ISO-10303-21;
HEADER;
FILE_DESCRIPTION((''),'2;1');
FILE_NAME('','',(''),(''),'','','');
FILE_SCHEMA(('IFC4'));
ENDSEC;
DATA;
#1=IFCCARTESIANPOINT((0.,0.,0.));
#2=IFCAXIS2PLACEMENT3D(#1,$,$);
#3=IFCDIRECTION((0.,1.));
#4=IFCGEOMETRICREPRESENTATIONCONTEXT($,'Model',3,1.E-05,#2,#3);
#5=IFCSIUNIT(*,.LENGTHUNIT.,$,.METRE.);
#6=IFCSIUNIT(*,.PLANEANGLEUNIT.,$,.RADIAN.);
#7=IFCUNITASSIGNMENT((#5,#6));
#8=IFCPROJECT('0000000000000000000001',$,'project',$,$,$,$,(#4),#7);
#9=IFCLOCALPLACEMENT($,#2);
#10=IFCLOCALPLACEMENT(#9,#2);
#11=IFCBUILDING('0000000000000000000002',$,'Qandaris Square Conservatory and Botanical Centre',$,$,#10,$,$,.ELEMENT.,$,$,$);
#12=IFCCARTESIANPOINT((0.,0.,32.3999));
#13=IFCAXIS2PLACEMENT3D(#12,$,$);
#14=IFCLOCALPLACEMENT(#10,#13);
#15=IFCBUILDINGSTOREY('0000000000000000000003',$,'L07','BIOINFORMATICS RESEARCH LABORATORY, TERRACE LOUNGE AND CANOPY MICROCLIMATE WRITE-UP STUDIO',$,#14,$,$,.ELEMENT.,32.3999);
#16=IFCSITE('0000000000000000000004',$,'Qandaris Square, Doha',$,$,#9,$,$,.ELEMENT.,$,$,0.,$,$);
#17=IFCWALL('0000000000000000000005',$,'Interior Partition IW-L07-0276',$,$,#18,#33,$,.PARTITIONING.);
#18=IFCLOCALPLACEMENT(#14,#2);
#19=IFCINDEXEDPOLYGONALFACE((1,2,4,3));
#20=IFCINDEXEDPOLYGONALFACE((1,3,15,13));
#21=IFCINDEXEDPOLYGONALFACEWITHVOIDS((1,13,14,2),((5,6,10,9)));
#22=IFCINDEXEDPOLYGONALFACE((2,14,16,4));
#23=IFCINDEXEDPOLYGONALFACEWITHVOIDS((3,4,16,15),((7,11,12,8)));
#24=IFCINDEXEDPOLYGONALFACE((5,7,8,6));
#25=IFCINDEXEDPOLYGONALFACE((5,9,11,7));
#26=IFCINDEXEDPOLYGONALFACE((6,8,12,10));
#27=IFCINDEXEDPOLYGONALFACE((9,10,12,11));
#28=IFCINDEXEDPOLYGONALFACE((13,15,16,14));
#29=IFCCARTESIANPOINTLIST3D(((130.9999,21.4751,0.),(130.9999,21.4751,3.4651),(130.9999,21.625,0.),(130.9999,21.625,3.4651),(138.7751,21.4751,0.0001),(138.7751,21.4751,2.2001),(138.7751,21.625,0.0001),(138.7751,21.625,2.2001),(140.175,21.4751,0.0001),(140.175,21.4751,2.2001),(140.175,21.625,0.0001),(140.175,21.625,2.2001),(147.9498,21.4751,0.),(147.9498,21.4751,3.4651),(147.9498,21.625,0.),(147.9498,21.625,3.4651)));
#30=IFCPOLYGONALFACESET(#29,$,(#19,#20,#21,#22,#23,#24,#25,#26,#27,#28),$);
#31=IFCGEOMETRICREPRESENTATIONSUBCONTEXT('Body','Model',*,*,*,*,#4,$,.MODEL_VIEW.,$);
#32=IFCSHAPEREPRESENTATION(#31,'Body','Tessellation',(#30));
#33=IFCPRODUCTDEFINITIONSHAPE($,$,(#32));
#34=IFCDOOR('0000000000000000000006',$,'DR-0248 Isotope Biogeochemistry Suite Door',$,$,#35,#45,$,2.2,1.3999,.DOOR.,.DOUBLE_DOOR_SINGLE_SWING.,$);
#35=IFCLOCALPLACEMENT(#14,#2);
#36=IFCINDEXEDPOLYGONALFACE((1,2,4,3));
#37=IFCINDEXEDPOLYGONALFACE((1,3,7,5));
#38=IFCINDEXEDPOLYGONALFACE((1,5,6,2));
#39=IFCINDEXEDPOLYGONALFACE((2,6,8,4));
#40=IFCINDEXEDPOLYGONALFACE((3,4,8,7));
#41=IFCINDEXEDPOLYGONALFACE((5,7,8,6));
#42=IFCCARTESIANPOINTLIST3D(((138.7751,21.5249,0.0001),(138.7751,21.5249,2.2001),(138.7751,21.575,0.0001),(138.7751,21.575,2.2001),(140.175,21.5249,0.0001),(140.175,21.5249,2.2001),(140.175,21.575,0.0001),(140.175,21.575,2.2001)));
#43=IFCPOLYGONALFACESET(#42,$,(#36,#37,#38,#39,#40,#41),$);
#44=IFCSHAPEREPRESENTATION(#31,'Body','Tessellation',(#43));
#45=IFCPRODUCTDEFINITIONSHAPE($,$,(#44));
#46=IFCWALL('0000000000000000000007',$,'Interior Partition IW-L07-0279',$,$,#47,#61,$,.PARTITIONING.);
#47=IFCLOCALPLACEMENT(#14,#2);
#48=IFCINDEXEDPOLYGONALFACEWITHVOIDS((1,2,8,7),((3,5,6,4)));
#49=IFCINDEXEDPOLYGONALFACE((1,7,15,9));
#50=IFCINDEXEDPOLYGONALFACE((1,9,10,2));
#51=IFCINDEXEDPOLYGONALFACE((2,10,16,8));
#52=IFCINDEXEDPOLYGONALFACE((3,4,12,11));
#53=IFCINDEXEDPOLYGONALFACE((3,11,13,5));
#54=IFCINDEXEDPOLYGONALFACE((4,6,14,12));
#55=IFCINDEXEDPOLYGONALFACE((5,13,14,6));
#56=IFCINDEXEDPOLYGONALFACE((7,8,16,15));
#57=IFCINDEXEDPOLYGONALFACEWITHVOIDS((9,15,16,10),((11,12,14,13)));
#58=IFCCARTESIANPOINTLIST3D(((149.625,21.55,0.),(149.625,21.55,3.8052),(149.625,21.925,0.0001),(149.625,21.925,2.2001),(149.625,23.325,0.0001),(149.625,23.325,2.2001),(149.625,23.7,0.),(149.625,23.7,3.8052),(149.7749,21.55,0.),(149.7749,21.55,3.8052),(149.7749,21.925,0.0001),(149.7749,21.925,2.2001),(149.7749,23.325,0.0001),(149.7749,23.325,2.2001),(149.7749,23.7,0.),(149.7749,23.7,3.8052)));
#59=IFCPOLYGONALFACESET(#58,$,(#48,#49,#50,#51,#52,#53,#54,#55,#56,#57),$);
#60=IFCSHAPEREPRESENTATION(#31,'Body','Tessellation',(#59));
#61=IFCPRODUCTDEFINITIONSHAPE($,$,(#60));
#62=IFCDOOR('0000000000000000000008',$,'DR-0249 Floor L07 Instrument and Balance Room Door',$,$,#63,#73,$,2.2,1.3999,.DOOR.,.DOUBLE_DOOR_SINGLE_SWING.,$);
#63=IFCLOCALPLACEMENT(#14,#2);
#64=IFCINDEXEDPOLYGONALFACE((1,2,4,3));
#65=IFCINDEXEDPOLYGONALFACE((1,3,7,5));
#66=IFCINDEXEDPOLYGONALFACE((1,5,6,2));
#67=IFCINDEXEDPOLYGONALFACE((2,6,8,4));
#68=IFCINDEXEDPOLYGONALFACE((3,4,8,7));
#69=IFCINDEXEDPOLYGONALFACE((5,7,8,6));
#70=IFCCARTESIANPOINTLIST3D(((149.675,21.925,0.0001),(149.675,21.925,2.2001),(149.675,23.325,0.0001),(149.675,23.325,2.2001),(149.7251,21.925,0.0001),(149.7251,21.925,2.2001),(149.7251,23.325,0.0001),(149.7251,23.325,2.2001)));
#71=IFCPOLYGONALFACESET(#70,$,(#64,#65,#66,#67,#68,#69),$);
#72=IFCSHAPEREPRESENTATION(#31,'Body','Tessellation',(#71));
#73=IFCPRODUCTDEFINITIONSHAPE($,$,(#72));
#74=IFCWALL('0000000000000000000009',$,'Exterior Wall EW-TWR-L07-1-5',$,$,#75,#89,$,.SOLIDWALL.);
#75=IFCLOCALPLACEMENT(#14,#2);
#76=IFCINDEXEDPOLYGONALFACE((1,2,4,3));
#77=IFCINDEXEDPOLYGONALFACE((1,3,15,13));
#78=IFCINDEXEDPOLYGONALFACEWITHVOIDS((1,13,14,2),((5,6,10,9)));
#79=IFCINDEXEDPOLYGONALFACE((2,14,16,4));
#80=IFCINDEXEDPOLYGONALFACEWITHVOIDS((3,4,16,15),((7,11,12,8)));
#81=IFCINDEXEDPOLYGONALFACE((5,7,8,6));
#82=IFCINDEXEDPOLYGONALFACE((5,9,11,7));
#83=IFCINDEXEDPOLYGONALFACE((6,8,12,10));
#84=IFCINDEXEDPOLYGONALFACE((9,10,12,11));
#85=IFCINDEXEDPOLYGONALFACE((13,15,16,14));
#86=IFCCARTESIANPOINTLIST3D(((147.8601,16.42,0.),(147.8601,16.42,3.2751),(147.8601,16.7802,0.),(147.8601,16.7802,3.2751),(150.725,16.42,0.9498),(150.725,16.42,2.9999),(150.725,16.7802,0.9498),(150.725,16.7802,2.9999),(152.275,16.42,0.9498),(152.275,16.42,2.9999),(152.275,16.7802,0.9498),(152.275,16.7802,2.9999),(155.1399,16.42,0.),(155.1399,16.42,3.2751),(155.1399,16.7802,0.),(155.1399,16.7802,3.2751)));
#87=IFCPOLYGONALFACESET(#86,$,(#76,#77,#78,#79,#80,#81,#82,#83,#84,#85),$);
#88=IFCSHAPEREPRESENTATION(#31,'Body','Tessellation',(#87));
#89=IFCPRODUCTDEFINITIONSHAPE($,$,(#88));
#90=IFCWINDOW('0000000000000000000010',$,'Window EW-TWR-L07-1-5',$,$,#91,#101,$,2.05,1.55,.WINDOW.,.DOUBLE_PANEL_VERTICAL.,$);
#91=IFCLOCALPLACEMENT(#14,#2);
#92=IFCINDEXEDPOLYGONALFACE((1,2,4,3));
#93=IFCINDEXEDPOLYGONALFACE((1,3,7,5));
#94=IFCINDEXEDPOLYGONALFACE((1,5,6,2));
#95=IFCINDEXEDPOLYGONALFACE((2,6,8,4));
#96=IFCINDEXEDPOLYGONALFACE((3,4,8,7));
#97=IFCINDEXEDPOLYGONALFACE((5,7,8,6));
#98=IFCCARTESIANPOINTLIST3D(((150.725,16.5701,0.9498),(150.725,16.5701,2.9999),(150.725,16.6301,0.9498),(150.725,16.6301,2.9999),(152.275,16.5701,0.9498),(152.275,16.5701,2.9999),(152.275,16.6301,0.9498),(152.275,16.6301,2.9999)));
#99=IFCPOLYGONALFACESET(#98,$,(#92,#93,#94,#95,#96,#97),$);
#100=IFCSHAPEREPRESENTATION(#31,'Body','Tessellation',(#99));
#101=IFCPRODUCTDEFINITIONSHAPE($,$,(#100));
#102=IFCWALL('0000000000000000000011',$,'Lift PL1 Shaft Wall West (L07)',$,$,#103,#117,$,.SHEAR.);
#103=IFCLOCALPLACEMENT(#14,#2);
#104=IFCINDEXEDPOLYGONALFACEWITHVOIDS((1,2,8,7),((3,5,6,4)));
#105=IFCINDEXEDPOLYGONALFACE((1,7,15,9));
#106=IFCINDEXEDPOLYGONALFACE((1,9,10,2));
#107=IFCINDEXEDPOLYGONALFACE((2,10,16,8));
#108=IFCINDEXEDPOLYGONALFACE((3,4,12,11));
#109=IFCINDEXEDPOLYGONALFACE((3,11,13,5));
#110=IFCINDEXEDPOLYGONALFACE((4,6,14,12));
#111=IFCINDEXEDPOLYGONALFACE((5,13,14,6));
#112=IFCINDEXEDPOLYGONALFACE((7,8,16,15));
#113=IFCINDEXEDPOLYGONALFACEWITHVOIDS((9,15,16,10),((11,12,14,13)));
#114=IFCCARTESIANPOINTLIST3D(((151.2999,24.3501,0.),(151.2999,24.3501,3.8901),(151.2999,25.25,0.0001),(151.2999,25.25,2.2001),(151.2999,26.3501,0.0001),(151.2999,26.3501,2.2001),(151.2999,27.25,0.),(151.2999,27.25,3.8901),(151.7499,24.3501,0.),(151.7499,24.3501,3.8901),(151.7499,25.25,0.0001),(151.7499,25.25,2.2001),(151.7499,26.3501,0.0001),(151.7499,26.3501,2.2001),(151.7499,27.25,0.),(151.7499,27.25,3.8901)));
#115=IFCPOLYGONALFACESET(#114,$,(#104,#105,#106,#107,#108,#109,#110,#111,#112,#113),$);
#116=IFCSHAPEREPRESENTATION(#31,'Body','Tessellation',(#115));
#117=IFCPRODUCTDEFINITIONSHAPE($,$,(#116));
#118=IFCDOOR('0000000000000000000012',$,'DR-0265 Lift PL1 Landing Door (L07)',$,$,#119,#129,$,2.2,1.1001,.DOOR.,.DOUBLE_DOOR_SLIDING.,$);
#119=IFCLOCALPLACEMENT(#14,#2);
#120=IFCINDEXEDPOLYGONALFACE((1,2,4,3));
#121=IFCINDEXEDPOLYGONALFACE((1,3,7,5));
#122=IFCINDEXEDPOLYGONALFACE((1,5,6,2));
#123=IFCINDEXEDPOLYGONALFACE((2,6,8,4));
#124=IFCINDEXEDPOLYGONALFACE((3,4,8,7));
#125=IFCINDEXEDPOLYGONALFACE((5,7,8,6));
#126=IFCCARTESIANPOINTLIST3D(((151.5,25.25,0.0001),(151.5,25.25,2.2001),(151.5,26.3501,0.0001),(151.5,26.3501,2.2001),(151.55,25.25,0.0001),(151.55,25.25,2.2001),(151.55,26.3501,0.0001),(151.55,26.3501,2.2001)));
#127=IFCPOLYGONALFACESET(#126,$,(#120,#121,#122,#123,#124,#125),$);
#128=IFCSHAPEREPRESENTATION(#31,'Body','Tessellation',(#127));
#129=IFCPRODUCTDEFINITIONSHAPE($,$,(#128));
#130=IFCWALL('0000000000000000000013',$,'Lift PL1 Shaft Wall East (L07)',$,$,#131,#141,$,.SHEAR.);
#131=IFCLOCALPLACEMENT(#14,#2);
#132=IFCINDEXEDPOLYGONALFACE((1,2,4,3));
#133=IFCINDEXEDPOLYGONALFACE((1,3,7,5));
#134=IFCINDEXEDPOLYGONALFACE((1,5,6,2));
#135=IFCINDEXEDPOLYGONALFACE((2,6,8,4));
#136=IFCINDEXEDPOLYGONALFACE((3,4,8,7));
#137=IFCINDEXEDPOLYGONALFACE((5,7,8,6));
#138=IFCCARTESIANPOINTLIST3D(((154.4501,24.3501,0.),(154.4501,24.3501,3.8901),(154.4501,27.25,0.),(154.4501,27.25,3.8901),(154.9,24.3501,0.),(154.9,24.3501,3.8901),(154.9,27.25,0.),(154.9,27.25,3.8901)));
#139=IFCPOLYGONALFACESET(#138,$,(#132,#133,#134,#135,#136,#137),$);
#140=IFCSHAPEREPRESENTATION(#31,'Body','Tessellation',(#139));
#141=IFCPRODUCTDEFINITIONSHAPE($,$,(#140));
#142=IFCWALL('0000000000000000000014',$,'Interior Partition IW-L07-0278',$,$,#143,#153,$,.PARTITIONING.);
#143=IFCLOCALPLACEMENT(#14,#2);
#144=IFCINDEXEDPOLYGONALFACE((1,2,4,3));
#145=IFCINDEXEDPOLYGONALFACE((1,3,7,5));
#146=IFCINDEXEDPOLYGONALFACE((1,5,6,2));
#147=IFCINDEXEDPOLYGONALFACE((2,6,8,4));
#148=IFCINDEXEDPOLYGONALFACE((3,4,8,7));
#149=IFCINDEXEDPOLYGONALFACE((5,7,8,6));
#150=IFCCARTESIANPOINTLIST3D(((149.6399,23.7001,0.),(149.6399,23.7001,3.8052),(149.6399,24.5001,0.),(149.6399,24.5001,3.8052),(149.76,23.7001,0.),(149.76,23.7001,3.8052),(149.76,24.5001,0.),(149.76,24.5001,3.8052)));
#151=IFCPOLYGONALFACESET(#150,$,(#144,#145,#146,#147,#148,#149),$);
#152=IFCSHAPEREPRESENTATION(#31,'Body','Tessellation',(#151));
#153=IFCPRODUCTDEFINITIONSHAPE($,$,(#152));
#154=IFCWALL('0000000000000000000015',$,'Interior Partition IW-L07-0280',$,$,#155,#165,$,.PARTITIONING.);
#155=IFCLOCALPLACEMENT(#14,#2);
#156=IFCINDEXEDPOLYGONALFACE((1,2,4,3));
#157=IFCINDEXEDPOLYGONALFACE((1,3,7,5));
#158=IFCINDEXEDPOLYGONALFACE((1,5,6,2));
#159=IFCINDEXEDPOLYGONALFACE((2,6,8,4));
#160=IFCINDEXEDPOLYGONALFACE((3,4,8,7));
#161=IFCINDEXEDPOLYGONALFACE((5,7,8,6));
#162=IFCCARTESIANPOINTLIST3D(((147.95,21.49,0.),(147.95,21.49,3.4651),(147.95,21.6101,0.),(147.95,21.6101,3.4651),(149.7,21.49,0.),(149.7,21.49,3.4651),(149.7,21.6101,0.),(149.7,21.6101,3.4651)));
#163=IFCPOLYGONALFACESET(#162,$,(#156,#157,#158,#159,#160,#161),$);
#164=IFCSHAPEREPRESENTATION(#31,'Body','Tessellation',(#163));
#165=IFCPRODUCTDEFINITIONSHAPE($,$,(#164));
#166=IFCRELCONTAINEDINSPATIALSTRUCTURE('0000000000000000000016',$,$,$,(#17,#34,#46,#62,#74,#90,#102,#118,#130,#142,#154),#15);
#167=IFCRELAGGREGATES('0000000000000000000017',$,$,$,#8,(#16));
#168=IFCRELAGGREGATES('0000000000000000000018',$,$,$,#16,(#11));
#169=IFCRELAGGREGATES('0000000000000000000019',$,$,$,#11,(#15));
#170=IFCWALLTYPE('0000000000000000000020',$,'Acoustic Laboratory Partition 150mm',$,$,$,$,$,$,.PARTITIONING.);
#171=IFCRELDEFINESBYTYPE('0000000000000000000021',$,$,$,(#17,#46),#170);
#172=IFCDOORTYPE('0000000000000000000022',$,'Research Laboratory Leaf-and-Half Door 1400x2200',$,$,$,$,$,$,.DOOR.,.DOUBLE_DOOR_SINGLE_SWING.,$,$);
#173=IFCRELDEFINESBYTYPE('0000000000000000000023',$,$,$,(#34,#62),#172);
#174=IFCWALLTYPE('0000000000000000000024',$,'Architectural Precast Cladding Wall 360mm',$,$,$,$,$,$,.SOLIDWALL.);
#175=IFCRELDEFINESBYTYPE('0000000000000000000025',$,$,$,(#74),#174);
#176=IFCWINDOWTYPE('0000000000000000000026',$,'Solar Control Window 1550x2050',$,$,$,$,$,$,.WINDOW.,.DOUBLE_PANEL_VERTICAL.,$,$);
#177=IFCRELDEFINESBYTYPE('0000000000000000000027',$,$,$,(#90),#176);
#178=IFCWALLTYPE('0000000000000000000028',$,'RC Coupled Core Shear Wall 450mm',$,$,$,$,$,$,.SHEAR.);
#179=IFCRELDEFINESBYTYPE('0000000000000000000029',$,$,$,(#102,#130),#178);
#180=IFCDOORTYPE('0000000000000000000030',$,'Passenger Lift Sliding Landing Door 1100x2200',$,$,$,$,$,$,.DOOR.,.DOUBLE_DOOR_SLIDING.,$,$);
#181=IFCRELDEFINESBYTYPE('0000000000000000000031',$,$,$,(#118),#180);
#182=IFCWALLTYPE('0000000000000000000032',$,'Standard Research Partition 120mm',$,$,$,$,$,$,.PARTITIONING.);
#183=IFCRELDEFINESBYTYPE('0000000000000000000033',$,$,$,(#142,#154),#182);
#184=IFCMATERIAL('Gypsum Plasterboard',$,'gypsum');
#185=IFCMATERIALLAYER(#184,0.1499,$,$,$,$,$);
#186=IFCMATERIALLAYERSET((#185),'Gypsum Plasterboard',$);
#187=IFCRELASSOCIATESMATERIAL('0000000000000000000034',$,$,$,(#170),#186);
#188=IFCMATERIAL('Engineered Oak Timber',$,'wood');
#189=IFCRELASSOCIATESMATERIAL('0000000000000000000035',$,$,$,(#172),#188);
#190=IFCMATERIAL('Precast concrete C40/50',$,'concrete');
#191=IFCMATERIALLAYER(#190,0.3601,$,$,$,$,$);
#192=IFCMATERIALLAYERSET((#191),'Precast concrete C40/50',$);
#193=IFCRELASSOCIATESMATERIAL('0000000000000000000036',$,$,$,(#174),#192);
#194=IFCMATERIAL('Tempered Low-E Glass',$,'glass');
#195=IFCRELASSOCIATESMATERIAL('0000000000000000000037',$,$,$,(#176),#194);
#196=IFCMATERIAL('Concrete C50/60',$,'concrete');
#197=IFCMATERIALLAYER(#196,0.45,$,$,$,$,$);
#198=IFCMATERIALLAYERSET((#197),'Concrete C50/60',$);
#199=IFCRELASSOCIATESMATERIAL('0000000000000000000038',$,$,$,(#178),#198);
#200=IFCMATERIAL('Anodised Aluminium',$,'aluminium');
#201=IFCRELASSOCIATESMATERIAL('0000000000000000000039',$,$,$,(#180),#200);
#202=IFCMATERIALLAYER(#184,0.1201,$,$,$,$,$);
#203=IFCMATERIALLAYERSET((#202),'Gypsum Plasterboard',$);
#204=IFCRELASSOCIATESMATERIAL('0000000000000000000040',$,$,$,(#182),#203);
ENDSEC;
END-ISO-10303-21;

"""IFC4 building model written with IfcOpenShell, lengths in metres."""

from ifc_helpers import new_model, si_unit, direction, frame, frame_2d, origin, place, context, subcontext, project, spatial, rectangle, extrude, material, layer, layer_set, type_object, element, fill, save


model = new_model("IFC4")

# Units and contexts
model_context = context("Model", 3, precision=1e-05, world=origin(), true_north=direction((0.0, 1.0)))
body_context = subcontext(model_context, "Body", "Model", "MODEL_VIEW")
ifc_project = project(units=[si_unit("LENGTHUNIT", "METRE"), si_unit("PLANEANGLEUNIT", "RADIAN")], contexts=[model_context])

# Site, building, storey
site_placement = place(None, origin())
site = spatial("IfcSite", under=ifc_project, at=site_placement, Name="Qandaris Square, Doha", CompositionType="ELEMENT", RefElevation=0.0)
building_placement = place(site_placement, origin())
building = spatial("IfcBuilding", under=site, at=building_placement, Name="Qandaris Square Conservatory and Botanical Centre", CompositionType="ELEMENT")
storey_placement = place(building_placement, frame((0.0, 0.0, 32.3999)))
storey = spatial("IfcBuildingStorey", under=building, at=storey_placement, Name="L07", Description="BIOINFORMATICS RESEARCH LABORATORY, TERRACE LOUNGE AND CANOPY MICROCLIMATE WRITE-UP STUDIO", CompositionType="ELEMENT", Elevation=32.3999)

# Shared definitions
ifc_material_1 = material(Name="Concrete C50/60", Category="concrete")

# Walls, openings, doors
ifc_material_2 = material(Name="Gypsum Plasterboard", Category="gypsum")
ifc_layer_1 = layer(ifc_material_2, 0.1499)
ifc_layer_set_1 = layer_set([ifc_layer_1], Name="Gypsum Plasterboard")
wall_type_1 = type_object("IfcWallType", Name="Acoustic Laboratory Partition 150mm", PredefinedType="PARTITIONING", material=ifc_layer_set_1)
wall_1_placement = place(storey_placement, frame((147.95, 21.55, 0.0), z_axis=(0.0, 0.0, 1.0), x_axis=(-1.0, 0.0, 0.0)))
wall_1 = element("IfcWall", 1, at=wall_1_placement, inside=storey, type_object=wall_type_1, Name="Interior Partition IW-L07-0276", PredefinedType="PARTITIONING", context=body_context, shape_type="SweptSolid", body=[
    extrude(rectangle(XDim=16.95, YDim=0.1499, at=frame_2d((8.4751, 0.0))), origin(), (0.0, 0.0, 1.0), 3.4651),
])
opening_1_placement = place(wall_1_placement, frame((7.7749, 0.0, 0.0)))
opening_1 = element("IfcOpeningElement", 2, at=opening_1_placement, cuts=wall_1, PredefinedType="OPENING", context=body_context, shape_type="SweptSolid", body=[
    extrude(rectangle(XDim=1.3999, YDim=2.2, at=frame_2d((0.7, 1.1001))), frame((0.0, 0.0869, 0.0), z_axis=(0.0, -1.0, 0.0), x_axis=(1.0, 0.0, 0.0)), (0.0, 0.0, 1.0), 0.1738),
])
ifc_material_3 = material(Name="Engineered Oak Timber", Category="wood")
door_type_1 = type_object("IfcDoorType", Name="Research Laboratory Leaf-and-Half Door 1400x2200", OperationType="DOUBLE_DOOR_SINGLE_SWING", PredefinedType="DOOR", material=ifc_material_3)
door_1_placement = place(opening_1_placement, frame((1.3999, 0.0, 0.0), z_axis=(0.0, 0.0, 1.0), x_axis=(-1.0, 0.0, 0.0)))
door_1 = element("IfcDoor", 3, at=door_1_placement, inside=storey, type_object=door_type_1, Name="DR-0248 Isotope Biogeochemistry Suite Door", OperationType="DOUBLE_DOOR_SINGLE_SWING", OverallHeight=2.2, OverallWidth=1.3999, PredefinedType="DOOR", context=body_context, shape_type="SweptSolid", body=[
    extrude(rectangle(XDim=1.3999, YDim=2.2, at=frame_2d((0.7, 1.1001))), frame((0.0, 0.0249, 0.0), z_axis=(0.0, -1.0, 0.0), x_axis=(1.0, 0.0, 0.0)), (0.0, 0.0, 1.0), 0.05),
])
fill(opening_1, door_1)
wall_2_placement = place(storey_placement, frame((149.7, 23.7, 0.0), z_axis=(0.0, 0.0, 1.0), x_axis=(0.0, -1.0, 0.0)))
wall_2 = element("IfcWall", 4, at=wall_2_placement, inside=storey, type_object=wall_type_1, Name="Interior Partition IW-L07-0279", PredefinedType="PARTITIONING", context=body_context, shape_type="SweptSolid", body=[
    extrude(rectangle(XDim=2.1499, YDim=0.1499, at=frame_2d((1.075, 0.0))), origin(), (0.0, 0.0, 1.0), 3.8052),
])
opening_2_placement = place(wall_2_placement, frame((0.375, 0.0, 0.0)))
opening_2 = element("IfcOpeningElement", 5, at=opening_2_placement, cuts=wall_2, PredefinedType="OPENING", context=body_context, shape_type="SweptSolid", body=[
    extrude(rectangle(XDim=1.3999, YDim=2.2, at=frame_2d((0.7, 1.1001))), frame((0.0, 0.0869, 0.0), z_axis=(0.0, -1.0, 0.0), x_axis=(1.0, 0.0, 0.0)), (0.0, 0.0, 1.0), 0.1738),
])
door_2_placement = place(opening_2_placement, frame((1.3999, 0.0, 0.0), z_axis=(0.0, 0.0, 1.0), x_axis=(-1.0, 0.0, 0.0)))
door_2 = element("IfcDoor", 6, at=door_2_placement, inside=storey, type_object=door_type_1, Name="DR-0249 Floor L07 Instrument and Balance Room Door", OperationType="DOUBLE_DOOR_SINGLE_SWING", OverallHeight=2.2, OverallWidth=1.3999, PredefinedType="DOOR", context=body_context, shape_type="SweptSolid", body=[
    extrude(rectangle(XDim=1.3999, YDim=2.2, at=frame_2d((0.7, 1.1001))), frame((0.0, 0.0249, 0.0), z_axis=(0.0, -1.0, 0.0), x_axis=(1.0, 0.0, 0.0)), (0.0, 0.0, 1.0), 0.05),
])
fill(opening_2, door_2)

# Wall, opening, window
ifc_material_4 = material(Name="Precast concrete C40/50", Category="concrete")
ifc_layer_2 = layer(ifc_material_4, 0.3601)
ifc_layer_set_2 = layer_set([ifc_layer_2], Name="Precast concrete C40/50")
wall_type_2 = type_object("IfcWallType", Name="Architectural Precast Cladding Wall 360mm", PredefinedType="SOLIDWALL", material=ifc_layer_set_2)
wall_3_placement = place(storey_placement, frame((147.8601, 16.6001, 0.0), z_axis=(0.0, 0.0, 1.0), x_axis=(1.0, 0.0, 0.0)))
wall_3 = element("IfcWall", 7, at=wall_3_placement, inside=storey, type_object=wall_type_2, Name="Exterior Wall EW-TWR-L07-1-5", PredefinedType="SOLIDWALL", context=body_context, shape_type="SweptSolid", body=[
    extrude(rectangle(XDim=7.2798, YDim=0.3601, at=frame_2d((3.6399, 0.0))), origin(), (0.0, 0.0, 1.0), 3.2751),
])
opening_3_placement = place(wall_3_placement, frame((2.865, 0.0, 0.95)))
opening_3 = element("IfcOpeningElement", 8, at=opening_3_placement, cuts=wall_3, PredefinedType="OPENING", context=body_context, shape_type="SweptSolid", body=[
    extrude(rectangle(XDim=1.55, YDim=2.05, at=frame_2d((0.7749, 1.0249))), frame((0.0, 0.1919, 0.0), z_axis=(0.0, -1.0, 0.0), x_axis=(1.0, 0.0, 0.0)), (0.0, 0.0, 1.0), 0.384),
])
ifc_material_5 = material(Name="Tempered Low-E Glass", Category="glass")
window_type = type_object("IfcWindowType", Name="Solar Control Window 1550x2050", PartitioningType="DOUBLE_PANEL_VERTICAL", PredefinedType="WINDOW", material=ifc_material_5)
window_placement = place(opening_3_placement, origin())
window = element("IfcWindow", 9, at=window_placement, inside=storey, type_object=window_type, Name="Window EW-TWR-L07-1-5", OverallHeight=2.05, OverallWidth=1.55, PartitioningType="DOUBLE_PANEL_VERTICAL", PredefinedType="WINDOW", context=body_context, shape_type="SweptSolid", body=[
    extrude(rectangle(XDim=1.55, YDim=2.05, at=frame_2d((0.7749, 1.0249))), frame((0.0, 0.03, 0.0), z_axis=(0.0, -1.0, 0.0), x_axis=(1.0, 0.0, 0.0)), (0.0, 0.0, 1.0), 0.0601),
])
fill(opening_3, window)

# Wall, opening, door
ifc_layer_3 = layer(ifc_material_1, 0.45)
ifc_layer_set_3 = layer_set([ifc_layer_3], Name="Concrete C50/60")
wall_type_3 = type_object("IfcWallType", Name="RC Coupled Core Shear Wall 450mm", PredefinedType="SHEAR", material=ifc_layer_set_3)
wall_4_placement = place(storey_placement, frame((151.5249, 24.3501, 0.0), z_axis=(0.0, 0.0, 1.0), x_axis=(0.0, 1.0, 0.0)))
wall_4 = element("IfcWall", 10, at=wall_4_placement, inside=storey, type_object=wall_type_3, Name="Lift PL1 Shaft Wall West (L07)", PredefinedType="SHEAR", context=body_context, shape_type="SweptSolid", body=[
    extrude(rectangle(XDim=2.8999, YDim=0.45, at=frame_2d((1.45, 0.0))), origin(), (0.0, 0.0, 1.0), 3.8901),
])
opening_4_placement = place(wall_4_placement, frame((0.8999, 0.0, 0.0)))
opening_4 = element("IfcOpeningElement", 11, at=opening_4_placement, cuts=wall_4, PredefinedType="OPENING", context=body_context, shape_type="SweptSolid", body=[
    extrude(rectangle(XDim=1.1001, YDim=2.2, at=frame_2d((0.55, 1.1001))), frame((0.0, 0.2368, 0.0), z_axis=(0.0, -1.0, 0.0), x_axis=(1.0, 0.0, 0.0)), (0.0, 0.0, 1.0), 0.4739),
])
ifc_material_6 = material(Name="Anodised Aluminium", Category="aluminium")
door_type_2 = type_object("IfcDoorType", Name="Passenger Lift Sliding Landing Door 1100x2200", OperationType="DOUBLE_DOOR_SLIDING", PredefinedType="DOOR", material=ifc_material_6)
door_3_placement = place(opening_4_placement, origin())
door_3 = element("IfcDoor", 12, at=door_3_placement, inside=storey, type_object=door_type_2, Name="DR-0265 Lift PL1 Landing Door (L07)", OperationType="DOUBLE_DOOR_SLIDING", OverallHeight=2.2, OverallWidth=1.1001, PredefinedType="DOOR", context=body_context, shape_type="SweptSolid", body=[
    extrude(rectangle(XDim=1.1001, YDim=2.2, at=frame_2d((0.55, 1.1001))), frame((0.0, 0.0249, 0.0), z_axis=(0.0, -1.0, 0.0), x_axis=(1.0, 0.0, 0.0)), (0.0, 0.0, 1.0), 0.05),
])
fill(opening_4, door_3)

# Walls
wall_5_placement = place(storey_placement, frame((154.675, 24.3501, 0.0), z_axis=(0.0, 0.0, 1.0), x_axis=(0.0, 1.0, 0.0)))
element("IfcWall", 13, at=wall_5_placement, inside=storey, type_object=wall_type_3, Name="Lift PL1 Shaft Wall East (L07)", PredefinedType="SHEAR", context=body_context, shape_type="SweptSolid", body=[
    extrude(rectangle(XDim=2.8999, YDim=0.45, at=frame_2d((1.45, 0.0))), origin(), (0.0, 0.0, 1.0), 3.8901),
])
ifc_layer_4 = layer(ifc_material_2, 0.1201)
ifc_layer_set_4 = layer_set([ifc_layer_4], Name="Gypsum Plasterboard")
wall_type_4 = type_object("IfcWallType", Name="Standard Research Partition 120mm", PredefinedType="PARTITIONING", material=ifc_layer_set_4)
wall_6_placement = place(storey_placement, frame((149.7, 24.5, 0.0), z_axis=(0.0, 0.0, 1.0), x_axis=(0.0, -1.0, 0.0)))
element("IfcWall", 14, at=wall_6_placement, inside=storey, type_object=wall_type_4, Name="Interior Partition IW-L07-0278", PredefinedType="PARTITIONING", context=body_context, shape_type="SweptSolid", body=[
    extrude(rectangle(XDim=0.8, YDim=0.1201, at=frame_2d((0.3999, 0.0))), origin(), (0.0, 0.0, 1.0), 3.8052),
])
wall_7_placement = place(storey_placement, frame((149.7, 21.55, 0.0), z_axis=(0.0, 0.0, 1.0), x_axis=(-1.0, 0.0, 0.0)))
element("IfcWall", 15, at=wall_7_placement, inside=storey, type_object=wall_type_4, Name="Interior Partition IW-L07-0280", PredefinedType="PARTITIONING", context=body_context, shape_type="SweptSolid", body=[
    extrude(rectangle(XDim=1.75, YDim=0.1201, at=frame_2d((0.875, 0.0))), origin(), (0.0, 0.0, 1.0), 3.4651),
])

save(model, "model.ifc")
